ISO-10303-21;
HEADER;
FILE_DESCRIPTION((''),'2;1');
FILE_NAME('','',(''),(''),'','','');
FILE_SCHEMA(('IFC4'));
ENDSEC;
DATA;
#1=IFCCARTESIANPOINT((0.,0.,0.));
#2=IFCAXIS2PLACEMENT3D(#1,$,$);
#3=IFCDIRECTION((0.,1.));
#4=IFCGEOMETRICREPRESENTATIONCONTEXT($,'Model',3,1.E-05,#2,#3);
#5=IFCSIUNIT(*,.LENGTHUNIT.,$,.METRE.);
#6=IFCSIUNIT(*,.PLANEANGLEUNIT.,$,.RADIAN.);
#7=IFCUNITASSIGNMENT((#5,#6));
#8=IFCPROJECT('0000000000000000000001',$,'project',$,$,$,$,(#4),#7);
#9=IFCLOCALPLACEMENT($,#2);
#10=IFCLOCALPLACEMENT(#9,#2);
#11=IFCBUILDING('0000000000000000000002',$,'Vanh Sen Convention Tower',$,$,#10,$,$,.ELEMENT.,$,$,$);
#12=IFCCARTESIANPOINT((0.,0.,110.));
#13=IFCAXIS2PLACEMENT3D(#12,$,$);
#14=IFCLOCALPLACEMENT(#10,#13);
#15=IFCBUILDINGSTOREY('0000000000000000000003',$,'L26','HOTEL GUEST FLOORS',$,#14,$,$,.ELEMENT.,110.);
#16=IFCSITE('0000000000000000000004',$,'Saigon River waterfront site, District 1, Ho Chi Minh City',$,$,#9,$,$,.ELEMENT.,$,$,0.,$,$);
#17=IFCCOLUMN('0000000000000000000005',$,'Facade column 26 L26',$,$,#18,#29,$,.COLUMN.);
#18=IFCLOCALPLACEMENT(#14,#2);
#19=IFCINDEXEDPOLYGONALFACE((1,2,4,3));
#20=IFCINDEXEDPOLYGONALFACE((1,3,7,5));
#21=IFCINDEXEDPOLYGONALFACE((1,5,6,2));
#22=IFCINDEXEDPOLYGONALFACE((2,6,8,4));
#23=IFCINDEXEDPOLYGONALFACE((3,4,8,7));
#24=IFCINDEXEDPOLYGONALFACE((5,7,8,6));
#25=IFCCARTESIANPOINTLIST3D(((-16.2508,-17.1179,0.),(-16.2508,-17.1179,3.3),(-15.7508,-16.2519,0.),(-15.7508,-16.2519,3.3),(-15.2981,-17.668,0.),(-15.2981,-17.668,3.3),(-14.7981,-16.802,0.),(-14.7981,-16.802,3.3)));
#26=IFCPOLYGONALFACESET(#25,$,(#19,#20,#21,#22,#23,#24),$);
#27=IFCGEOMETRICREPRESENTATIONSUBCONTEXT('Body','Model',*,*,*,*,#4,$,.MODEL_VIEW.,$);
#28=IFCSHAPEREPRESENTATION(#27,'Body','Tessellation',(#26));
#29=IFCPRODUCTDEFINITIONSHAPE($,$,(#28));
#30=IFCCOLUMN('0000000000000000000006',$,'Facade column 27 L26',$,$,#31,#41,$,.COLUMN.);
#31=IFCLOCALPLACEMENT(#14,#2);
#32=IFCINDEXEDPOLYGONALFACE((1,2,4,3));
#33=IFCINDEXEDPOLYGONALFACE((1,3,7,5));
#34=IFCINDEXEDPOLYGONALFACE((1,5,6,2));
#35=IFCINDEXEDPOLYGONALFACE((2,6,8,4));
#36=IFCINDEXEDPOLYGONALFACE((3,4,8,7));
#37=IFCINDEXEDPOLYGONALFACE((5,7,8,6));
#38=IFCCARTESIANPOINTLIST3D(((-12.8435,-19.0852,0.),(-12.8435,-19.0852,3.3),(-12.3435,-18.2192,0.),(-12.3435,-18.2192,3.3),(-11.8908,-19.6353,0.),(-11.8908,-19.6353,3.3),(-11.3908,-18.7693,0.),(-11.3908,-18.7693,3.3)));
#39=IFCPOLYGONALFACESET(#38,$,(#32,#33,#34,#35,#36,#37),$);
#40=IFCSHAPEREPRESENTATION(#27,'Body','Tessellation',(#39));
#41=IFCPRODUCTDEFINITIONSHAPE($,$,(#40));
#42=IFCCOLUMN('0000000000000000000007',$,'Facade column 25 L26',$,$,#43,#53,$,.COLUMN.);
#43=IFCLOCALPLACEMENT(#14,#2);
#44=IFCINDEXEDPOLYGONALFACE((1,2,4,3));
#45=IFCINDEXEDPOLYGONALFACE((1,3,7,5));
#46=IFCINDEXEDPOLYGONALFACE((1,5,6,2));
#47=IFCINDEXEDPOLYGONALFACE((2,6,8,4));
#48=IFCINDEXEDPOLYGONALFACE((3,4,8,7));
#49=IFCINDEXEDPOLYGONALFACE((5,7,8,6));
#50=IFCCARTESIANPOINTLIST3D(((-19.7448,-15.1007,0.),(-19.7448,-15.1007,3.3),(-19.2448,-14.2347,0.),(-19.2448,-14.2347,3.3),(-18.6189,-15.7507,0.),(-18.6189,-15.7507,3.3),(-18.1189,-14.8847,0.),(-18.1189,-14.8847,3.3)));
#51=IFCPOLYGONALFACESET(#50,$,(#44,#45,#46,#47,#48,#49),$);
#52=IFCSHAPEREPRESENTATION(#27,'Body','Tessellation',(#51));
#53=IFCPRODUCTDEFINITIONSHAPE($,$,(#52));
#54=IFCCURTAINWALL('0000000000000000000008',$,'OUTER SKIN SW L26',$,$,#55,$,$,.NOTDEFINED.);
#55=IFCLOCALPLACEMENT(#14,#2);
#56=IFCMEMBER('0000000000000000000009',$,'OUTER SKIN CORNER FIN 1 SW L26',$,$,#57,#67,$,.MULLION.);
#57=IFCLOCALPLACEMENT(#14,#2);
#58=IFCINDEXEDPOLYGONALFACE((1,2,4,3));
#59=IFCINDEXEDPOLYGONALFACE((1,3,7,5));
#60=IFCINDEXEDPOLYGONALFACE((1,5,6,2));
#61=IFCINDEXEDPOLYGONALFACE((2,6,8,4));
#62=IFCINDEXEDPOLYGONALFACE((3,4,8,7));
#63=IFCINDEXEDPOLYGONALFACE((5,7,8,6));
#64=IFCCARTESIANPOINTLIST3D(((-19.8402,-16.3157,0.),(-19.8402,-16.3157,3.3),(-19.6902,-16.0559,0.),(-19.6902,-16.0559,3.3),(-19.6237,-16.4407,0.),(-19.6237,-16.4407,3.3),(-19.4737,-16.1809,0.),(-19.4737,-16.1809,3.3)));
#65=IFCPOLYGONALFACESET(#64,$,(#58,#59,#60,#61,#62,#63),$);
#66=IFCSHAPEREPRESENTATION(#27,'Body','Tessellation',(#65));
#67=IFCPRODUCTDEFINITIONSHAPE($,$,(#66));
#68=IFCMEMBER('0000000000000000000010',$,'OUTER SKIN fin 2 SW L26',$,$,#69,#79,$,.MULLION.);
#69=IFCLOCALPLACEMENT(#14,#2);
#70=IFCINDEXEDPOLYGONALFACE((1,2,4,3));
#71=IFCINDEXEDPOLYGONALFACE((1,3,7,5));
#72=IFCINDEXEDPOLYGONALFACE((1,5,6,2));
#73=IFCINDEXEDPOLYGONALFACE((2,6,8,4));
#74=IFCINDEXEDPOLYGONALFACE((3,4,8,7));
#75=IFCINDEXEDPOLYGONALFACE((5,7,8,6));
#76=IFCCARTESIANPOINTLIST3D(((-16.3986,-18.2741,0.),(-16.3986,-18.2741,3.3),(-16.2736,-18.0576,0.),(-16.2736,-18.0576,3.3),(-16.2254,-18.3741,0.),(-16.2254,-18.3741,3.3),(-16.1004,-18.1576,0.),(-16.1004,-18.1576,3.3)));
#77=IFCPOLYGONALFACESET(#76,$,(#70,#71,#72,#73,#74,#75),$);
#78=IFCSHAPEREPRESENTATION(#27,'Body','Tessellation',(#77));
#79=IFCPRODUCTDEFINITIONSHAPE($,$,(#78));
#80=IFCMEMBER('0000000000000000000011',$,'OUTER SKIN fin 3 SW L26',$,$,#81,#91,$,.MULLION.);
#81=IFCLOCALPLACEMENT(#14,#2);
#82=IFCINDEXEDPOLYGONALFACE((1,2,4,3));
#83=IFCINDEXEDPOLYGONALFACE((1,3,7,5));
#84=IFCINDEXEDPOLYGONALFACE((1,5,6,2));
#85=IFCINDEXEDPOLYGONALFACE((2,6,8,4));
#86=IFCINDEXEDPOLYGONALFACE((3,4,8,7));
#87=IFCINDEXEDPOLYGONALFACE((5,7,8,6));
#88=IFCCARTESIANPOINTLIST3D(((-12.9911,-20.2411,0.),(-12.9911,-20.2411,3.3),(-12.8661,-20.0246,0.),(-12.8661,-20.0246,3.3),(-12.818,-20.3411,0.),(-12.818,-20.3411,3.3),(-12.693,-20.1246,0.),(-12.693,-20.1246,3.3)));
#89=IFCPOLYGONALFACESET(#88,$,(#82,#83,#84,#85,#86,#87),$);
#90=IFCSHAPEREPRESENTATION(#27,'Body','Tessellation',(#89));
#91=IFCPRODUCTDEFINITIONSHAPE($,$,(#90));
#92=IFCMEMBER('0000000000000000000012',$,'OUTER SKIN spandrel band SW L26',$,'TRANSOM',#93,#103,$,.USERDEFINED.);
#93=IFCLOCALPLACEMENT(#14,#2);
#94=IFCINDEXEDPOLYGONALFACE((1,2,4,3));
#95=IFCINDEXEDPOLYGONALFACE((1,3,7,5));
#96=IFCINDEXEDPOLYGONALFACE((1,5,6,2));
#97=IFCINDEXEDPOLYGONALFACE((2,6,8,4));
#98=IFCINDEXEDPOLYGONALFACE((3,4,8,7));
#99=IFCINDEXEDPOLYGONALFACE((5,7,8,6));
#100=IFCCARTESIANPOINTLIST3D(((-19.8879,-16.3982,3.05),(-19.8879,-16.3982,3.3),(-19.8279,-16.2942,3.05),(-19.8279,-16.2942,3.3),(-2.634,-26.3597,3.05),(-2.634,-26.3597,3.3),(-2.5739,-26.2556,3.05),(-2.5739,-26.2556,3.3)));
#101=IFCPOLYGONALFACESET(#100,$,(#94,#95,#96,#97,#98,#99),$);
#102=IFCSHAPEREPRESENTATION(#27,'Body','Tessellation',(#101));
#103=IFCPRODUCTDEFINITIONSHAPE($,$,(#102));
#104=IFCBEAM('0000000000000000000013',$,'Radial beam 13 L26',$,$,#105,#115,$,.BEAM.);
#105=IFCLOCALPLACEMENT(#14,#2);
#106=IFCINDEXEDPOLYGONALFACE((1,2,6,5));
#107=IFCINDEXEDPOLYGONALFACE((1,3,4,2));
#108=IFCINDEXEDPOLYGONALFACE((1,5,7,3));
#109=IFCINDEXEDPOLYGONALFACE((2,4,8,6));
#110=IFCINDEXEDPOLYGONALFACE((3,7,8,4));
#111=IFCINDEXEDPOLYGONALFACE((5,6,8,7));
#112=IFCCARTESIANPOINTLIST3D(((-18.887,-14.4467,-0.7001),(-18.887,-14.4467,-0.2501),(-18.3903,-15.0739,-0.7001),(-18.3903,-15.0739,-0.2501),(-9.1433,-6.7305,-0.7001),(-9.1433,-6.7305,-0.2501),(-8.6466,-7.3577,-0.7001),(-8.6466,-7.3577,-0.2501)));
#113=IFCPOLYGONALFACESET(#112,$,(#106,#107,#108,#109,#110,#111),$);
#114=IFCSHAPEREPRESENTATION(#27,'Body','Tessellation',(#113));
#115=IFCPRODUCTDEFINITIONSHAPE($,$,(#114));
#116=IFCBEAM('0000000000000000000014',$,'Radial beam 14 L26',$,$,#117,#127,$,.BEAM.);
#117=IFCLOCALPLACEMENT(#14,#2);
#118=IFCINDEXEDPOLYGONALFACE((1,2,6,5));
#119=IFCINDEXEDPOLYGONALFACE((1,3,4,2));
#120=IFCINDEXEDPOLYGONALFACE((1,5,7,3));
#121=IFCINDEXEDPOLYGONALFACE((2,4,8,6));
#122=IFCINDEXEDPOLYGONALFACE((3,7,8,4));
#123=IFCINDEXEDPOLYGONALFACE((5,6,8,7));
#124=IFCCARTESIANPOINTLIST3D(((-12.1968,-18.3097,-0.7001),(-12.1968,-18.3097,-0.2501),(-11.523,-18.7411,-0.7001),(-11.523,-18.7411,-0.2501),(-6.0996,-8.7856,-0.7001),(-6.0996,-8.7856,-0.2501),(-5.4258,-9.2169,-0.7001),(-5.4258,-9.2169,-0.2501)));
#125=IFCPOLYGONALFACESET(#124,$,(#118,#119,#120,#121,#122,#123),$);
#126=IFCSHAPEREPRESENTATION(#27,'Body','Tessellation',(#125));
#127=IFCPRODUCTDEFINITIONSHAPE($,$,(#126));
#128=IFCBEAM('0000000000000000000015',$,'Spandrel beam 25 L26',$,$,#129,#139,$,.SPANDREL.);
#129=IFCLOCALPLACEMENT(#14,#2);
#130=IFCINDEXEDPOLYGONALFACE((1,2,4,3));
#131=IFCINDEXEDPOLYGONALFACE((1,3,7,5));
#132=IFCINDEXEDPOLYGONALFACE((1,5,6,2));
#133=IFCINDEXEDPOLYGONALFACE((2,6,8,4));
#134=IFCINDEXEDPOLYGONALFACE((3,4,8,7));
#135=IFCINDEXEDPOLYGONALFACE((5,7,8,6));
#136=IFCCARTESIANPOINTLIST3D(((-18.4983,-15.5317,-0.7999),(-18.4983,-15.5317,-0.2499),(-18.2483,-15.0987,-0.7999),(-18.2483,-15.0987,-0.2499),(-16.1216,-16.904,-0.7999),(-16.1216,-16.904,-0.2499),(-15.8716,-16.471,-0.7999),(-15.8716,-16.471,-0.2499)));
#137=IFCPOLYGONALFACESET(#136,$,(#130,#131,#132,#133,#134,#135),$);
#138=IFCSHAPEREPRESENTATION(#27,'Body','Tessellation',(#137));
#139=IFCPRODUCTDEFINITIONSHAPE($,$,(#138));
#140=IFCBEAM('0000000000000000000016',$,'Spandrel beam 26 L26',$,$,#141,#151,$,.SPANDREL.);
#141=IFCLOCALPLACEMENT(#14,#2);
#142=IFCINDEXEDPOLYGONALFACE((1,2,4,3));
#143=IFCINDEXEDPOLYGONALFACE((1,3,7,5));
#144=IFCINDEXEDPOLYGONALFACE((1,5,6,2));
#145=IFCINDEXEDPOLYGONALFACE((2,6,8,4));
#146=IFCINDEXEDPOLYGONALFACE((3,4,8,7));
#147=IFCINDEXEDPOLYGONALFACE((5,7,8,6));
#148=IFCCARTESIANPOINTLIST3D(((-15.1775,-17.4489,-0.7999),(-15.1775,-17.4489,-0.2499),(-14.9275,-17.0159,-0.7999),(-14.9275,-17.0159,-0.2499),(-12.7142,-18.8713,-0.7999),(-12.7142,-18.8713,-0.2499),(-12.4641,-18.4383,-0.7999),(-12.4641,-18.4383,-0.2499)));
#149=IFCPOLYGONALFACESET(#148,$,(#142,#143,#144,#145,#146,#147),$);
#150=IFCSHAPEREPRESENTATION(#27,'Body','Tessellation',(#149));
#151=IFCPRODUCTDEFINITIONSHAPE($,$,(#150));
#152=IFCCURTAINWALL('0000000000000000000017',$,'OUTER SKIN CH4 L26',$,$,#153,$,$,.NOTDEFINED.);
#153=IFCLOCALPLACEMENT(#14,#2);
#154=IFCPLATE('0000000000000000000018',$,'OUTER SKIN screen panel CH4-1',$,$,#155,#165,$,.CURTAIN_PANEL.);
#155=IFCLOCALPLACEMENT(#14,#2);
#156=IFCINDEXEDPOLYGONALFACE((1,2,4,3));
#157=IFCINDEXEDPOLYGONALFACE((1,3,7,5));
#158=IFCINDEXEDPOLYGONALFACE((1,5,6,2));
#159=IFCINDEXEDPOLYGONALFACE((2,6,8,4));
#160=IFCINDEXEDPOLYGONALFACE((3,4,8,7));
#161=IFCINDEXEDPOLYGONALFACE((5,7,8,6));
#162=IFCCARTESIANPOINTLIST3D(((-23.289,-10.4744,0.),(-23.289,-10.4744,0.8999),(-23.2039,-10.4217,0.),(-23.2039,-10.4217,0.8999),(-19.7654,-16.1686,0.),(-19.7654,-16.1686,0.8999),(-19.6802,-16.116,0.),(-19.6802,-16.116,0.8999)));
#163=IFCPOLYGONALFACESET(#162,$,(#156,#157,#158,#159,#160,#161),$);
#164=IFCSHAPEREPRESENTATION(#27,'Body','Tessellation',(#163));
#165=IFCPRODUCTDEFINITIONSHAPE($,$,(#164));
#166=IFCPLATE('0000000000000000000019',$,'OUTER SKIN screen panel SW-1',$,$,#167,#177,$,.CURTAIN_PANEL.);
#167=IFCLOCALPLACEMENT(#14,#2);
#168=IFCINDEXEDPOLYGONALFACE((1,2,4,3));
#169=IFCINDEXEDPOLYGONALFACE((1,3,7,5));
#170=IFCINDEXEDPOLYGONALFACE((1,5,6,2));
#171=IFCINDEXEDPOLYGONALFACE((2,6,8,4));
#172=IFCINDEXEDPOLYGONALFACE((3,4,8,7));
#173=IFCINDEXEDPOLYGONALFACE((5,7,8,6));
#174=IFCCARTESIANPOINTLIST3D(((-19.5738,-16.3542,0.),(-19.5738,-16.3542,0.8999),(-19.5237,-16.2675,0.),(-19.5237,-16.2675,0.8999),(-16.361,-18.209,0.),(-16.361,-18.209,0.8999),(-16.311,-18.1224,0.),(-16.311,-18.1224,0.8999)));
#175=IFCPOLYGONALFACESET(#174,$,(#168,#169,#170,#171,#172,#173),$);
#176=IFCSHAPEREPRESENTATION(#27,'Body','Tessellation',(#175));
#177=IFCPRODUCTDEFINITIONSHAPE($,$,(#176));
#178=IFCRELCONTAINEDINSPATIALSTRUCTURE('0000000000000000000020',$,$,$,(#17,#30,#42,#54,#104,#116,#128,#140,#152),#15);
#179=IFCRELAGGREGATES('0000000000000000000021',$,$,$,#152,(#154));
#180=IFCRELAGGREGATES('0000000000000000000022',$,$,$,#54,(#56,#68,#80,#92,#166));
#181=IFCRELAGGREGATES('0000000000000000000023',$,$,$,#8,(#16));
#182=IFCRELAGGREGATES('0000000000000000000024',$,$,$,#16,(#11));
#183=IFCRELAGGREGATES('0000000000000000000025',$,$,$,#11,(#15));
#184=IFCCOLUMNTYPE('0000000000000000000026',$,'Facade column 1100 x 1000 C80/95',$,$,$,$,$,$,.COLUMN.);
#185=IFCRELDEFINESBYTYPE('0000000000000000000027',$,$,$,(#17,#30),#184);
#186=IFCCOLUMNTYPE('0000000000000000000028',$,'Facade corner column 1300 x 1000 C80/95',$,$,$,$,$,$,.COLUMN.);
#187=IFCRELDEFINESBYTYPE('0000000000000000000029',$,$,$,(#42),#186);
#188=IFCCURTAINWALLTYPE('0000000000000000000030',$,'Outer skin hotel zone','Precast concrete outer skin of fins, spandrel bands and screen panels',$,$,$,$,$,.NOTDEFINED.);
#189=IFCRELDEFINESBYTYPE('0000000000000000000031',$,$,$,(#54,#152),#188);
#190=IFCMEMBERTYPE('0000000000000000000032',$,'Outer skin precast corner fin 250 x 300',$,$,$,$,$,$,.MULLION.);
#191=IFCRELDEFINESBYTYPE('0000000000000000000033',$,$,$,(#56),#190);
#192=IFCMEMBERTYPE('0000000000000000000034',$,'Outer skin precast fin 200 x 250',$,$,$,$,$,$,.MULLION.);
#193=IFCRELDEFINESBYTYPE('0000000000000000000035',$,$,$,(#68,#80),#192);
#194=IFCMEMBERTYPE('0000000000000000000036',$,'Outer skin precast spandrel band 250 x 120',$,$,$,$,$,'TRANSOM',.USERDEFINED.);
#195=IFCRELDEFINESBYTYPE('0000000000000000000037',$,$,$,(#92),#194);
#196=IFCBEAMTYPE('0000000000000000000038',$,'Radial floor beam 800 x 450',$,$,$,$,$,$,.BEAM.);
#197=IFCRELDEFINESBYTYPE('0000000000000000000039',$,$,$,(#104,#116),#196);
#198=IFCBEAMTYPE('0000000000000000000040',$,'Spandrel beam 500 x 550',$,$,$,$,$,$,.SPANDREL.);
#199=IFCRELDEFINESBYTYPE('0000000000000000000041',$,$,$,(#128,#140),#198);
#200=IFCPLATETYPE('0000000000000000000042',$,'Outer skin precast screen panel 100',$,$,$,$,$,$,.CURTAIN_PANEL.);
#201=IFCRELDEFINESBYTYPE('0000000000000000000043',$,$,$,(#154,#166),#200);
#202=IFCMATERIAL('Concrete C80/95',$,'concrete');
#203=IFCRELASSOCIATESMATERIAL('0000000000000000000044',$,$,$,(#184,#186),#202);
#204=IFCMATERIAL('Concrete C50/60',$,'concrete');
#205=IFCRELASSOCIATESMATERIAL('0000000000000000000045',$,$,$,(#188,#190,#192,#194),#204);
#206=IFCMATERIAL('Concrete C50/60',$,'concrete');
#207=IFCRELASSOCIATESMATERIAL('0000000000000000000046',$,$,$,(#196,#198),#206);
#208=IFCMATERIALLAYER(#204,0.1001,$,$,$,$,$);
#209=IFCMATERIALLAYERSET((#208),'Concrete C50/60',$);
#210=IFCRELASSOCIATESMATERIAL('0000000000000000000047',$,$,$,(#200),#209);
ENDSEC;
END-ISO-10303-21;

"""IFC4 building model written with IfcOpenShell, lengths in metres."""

from ifc_helpers import new_model, si_unit, direction, frame, origin, origin_2d, place, context, subcontext, project, spatial, rectangle, extrude, material, layer, layer_set, material_profile, profile_set, type_object, element, aggregate, save


model = new_model("IFC4")

# Units and contexts
model_context = context("Model", 3, precision=1e-05, world=origin(), true_north=direction((0.0, 1.0)))
body_context = subcontext(model_context, "Body", "Model", "MODEL_VIEW")
ifc_project = project(units=[si_unit("LENGTHUNIT", "METRE"), si_unit("PLANEANGLEUNIT", "RADIAN")], contexts=[model_context])

# Site, building, storey
site_placement = place(None, origin())
site = spatial("IfcSite", under=ifc_project, at=site_placement, Name="Saigon River waterfront site, District 1, Ho Chi Minh City", CompositionType="ELEMENT", RefElevation=0.0)
building_placement = place(site_placement, origin())
building = spatial("IfcBuilding", under=site, at=building_placement, Name="Vanh Sen Convention Tower", CompositionType="ELEMENT")
storey_placement = place(building_placement, frame((0.0, 0.0, 110.0)))
storey = spatial("IfcBuildingStorey", under=building, at=storey_placement, Name="L26", Description="HOTEL GUEST FLOORS", CompositionType="ELEMENT", Elevation=110.0)

# Columns
ifc_material_1 = material(Name="Concrete C80/95", Category="concrete")
ifc_material_profile_1 = material_profile(ifc_material_1, rectangle(XDim=1.1001, YDim=1.0, at=origin_2d()), Name="RC 1100X1000")
ifc_profile_set_1 = profile_set([ifc_material_profile_1], Name="Concrete C80/95")
column_type_1 = type_object("IfcColumnType", Name="Facade column 1100 x 1000 C80/95", PredefinedType="COLUMN", material=ifc_profile_set_1)
for number, where, z_axis, x_axis, name in (
    (1, (-15.5244, -16.96, 0.0), (0.0, 0.0, 1.0), (0.866025, -0.5, 0.0), "Facade column 26 L26"),
    (2, (-12.1172, -18.9272, 0.0), (0.0, 0.0, 1.0), (0.866025, -0.5, 0.0), "Facade column 27 L26"),
):
    element("IfcColumn", number, at=place(storey_placement, frame(where, z_axis=z_axis, x_axis=x_axis)), inside=storey, type_object=column_type_1, Name=name, PredefinedType="COLUMN", context=body_context, shape_type="SweptSolid", body=[
        extrude(rectangle(XDim=1.1001, YDim=1.0, at=origin_2d()), origin(), (0.0, 0.0, 1.0), 3.3),
    ])
ifc_material_profile_2 = material_profile(ifc_material_1, rectangle(XDim=1.3, YDim=1.0, at=origin_2d()), Name="RC 1300X1000")
ifc_profile_set_2 = profile_set([ifc_material_profile_2], Name="Concrete C80/95")
column_type_2 = type_object("IfcColumnType", Name="Facade corner column 1300 x 1000 C80/95", PredefinedType="COLUMN", material=ifc_profile_set_2)
column_placement = place(storey_placement, frame((-18.9319, -14.9927, 0.0), z_axis=(0.0, 0.0, 1.0), x_axis=(0.866025, -0.5, 0.0)))
element("IfcColumn", 3, at=column_placement, inside=storey, type_object=column_type_2, Name="Facade column 25 L26", PredefinedType="COLUMN", context=body_context, shape_type="SweptSolid", body=[
    extrude(rectangle(XDim=1.3, YDim=1.0, at=origin_2d()), origin(), (0.0, 0.0, 1.0), 3.3),
])

# Curtain wall, members
ifc_material_2 = material(Name="Concrete C50/60", Category="concrete")
curtain_wall_type = type_object("IfcCurtainWallType", Name="Outer skin hotel zone", Description="Precast concrete outer skin of fins, spandrel bands and screen panels", PredefinedType="NOTDEFINED", material=ifc_material_2)
curtain_wall_1_placement = place(storey_placement, origin())
curtain_wall_1 = element("IfcCurtainWall", 4, at=curtain_wall_1_placement, inside=storey, type_object=curtain_wall_type, Name="OUTER SKIN SW L26", PredefinedType="NOTDEFINED")
ifc_material_profile_3 = material_profile(ifc_material_2, rectangle(XDim=0.25, YDim=0.3, at=origin_2d()), Name="Outer skin precast corner fin 250 x 300")
ifc_profile_set_3 = profile_set([ifc_material_profile_3], Name="Concrete C50/60")
member_type_1 = type_object("IfcMemberType", Name="Outer skin precast corner fin 250 x 300", PredefinedType="MULLION", material=ifc_profile_set_3)
member_1_placement = place(storey_placement, frame((-19.657, -16.2483, 0.0), z_axis=(0.0, 0.0, 1.0), x_axis=(0.866025, -0.5, 0.0)))
member_1 = element("IfcMember", 5, at=member_1_placement, type_object=member_type_1, Name="OUTER SKIN CORNER FIN 1 SW L26", PredefinedType="MULLION", context=body_context, shape_type="SweptSolid", body=[
    extrude(rectangle(XDim=0.25, YDim=0.3, at=origin_2d()), origin(), (0.0, 0.0, 1.0), 3.3),
])
ifc_material_profile_4 = material_profile(ifc_material_2, rectangle(XDim=0.2, YDim=0.25, at=origin_2d()), Name="Outer skin precast fin 200 x 250")
ifc_profile_set_4 = profile_set([ifc_material_profile_4], Name="Concrete C50/60")
member_type_2 = type_object("IfcMemberType", Name="Outer skin precast fin 200 x 250", PredefinedType="MULLION", material=ifc_profile_set_4)
member_2_placement = place(storey_placement, frame((-16.2495, -18.2158, 0.0), z_axis=(0.0, 0.0, 1.0), x_axis=(0.866025, -0.5, 0.0)))
member_2 = element("IfcMember", 6, at=member_2_placement, type_object=member_type_2, Name="OUTER SKIN fin 2 SW L26", PredefinedType="MULLION", context=body_context, shape_type="SweptSolid", body=[
    extrude(rectangle(XDim=0.2, YDim=0.25, at=origin_2d()), origin(), (0.0, 0.0, 1.0), 3.3),
])
member_3_placement = place(storey_placement, frame((-12.842, -20.1829, 0.0), z_axis=(0.0, 0.0, 1.0), x_axis=(0.866025, -0.5, 0.0)))
member_3 = element("IfcMember", 7, at=member_3_placement, type_object=member_type_2, Name="OUTER SKIN fin 3 SW L26", PredefinedType="MULLION", context=body_context, shape_type="SweptSolid", body=[
    extrude(rectangle(XDim=0.2, YDim=0.25, at=origin_2d()), origin(), (0.0, 0.0, 1.0), 3.3),
])
ifc_material_profile_5 = material_profile(ifc_material_2, rectangle(XDim=0.1201, YDim=0.25, at=origin_2d()), Name="Outer skin precast spandrel band 250 x 120")
ifc_profile_set_5 = profile_set([ifc_material_profile_5], Name="Concrete C50/60")
member_type_3 = type_object("IfcMemberType", Name="Outer skin precast spandrel band 250 x 120", ElementType="TRANSOM", PredefinedType="USERDEFINED", material=ifc_profile_set_5)
member_4_placement = place(storey_placement, frame((-19.8579, -16.3462, 3.175), z_axis=(0.866028, -0.499995, 0.0), x_axis=(0.499995, 0.866028, 0.0)))
member_4 = element("IfcMember", 8, at=member_4_placement, type_object=member_type_3, Name="OUTER SKIN spandrel band SW L26", ObjectType="TRANSOM", PredefinedType="USERDEFINED", context=body_context, shape_type="SweptSolid", body=[
    extrude(rectangle(XDim=0.1201, YDim=0.25, at=origin_2d()), origin(), (0.0, 0.0, 1.0), 19.9231),
])

# Beams
ifc_material_3 = material(Name="Concrete C50/60", Category="concrete")
ifc_material_profile_6 = material_profile(ifc_material_3, rectangle(XDim=0.8, YDim=0.45, at=origin_2d()), Name="RC 800X450")
ifc_profile_set_6 = profile_set([ifc_material_profile_6], Name="Concrete C50/60")
beam_type_1 = type_object("IfcBeamType", Name="Radial floor beam 800 x 450", PredefinedType="BEAM", material=ifc_profile_set_6)
beam_1_placement = place(storey_placement, frame((-18.6387, -14.7603, -0.4751), z_axis=(0.783954, 0.620819, 0.0), x_axis=(-0.620819, 0.783954, 0.0)))
element("IfcBeam", 9, at=beam_1_placement, inside=storey, type_object=beam_type_1, Name="Radial beam 13 L26", PredefinedType="BEAM", context=body_context, shape_type="SweptSolid", body=[
    extrude(rectangle(XDim=0.8, YDim=0.45, at=origin_2d()), origin(), (0.0, 0.0, 1.0), 12.429),
])
beam_2_placement = place(storey_placement, frame((-11.8599, -18.5254, -0.4751), z_axis=(0.53916, 0.842203, 0.0), x_axis=(-0.842203, 0.53916, 0.0)))
element("IfcBeam", 10, at=beam_2_placement, inside=storey, type_object=beam_type_1, Name="Radial beam 14 L26", PredefinedType="BEAM", context=body_context, shape_type="SweptSolid", body=[
    extrude(rectangle(XDim=0.8, YDim=0.45, at=origin_2d()), origin(), (0.0, 0.0, 1.0), 11.3086),
])
ifc_material_profile_7 = material_profile(ifc_material_3, rectangle(XDim=0.5, YDim=0.55, at=origin_2d()), Name="RC 500X550")
ifc_profile_set_7 = profile_set([ifc_material_profile_7], Name="Concrete C50/60")
beam_type_2 = type_object("IfcBeamType", Name="Spandrel beam 500 x 550", PredefinedType="SPANDREL", material=ifc_profile_set_7)
beam_3_placement = place(storey_placement, frame((-18.3733, -15.3152, -0.5249), z_axis=(0.866006, -0.500033, 0.0), x_axis=(0.500033, 0.866006, 0.0)))
element("IfcBeam", 11, at=beam_3_placement, inside=storey, type_object=beam_type_2, Name="Spandrel beam 25 L26", PredefinedType="SPANDREL", context=body_context, shape_type="SweptSolid", body=[
    extrude(rectangle(XDim=0.5, YDim=0.55, at=origin_2d()), origin(), (0.0, 0.0, 1.0), 2.7444),
])
beam_4_placement = place(storey_placement, frame((-15.0525, -17.2324, -0.5249), z_axis=(0.866005, -0.500034, 0.0), x_axis=(0.500034, 0.866005, 0.0)))
element("IfcBeam", 12, at=beam_4_placement, inside=storey, type_object=beam_type_2, Name="Spandrel beam 26 L26", PredefinedType="SPANDREL", context=body_context, shape_type="SweptSolid", body=[
    extrude(rectangle(XDim=0.5, YDim=0.55, at=origin_2d()), origin(), (0.0, 0.0, 1.0), 2.8445),
])

# Curtain wall, plate
curtain_wall_2_placement = place(storey_placement, origin())
curtain_wall_2 = element("IfcCurtainWall", 13, at=curtain_wall_2_placement, inside=storey, type_object=curtain_wall_type, Name="OUTER SKIN CH4 L26", PredefinedType="NOTDEFINED")
ifc_layer_1 = layer(ifc_material_2, 0.1001)
ifc_layer_set_1 = layer_set([ifc_layer_1], Name="Concrete C50/60")
plate_type = type_object("IfcPlateType", Name="Outer skin precast screen panel 100", PredefinedType="CURTAIN_PANEL", material=ifc_layer_set_1)
plate_1_placement = place(storey_placement, frame((-21.4846, -13.2952, 0.0), z_axis=(0.0, 0.0, 1.0), x_axis=(0.526205, -0.850358, 0.0)))
plate_1 = element("IfcPlate", 14, at=plate_1_placement, type_object=plate_type, Name="OUTER SKIN screen panel CH4-1", PredefinedType="CURTAIN_PANEL", context=body_context, shape_type="SweptSolid", body=[
    extrude(rectangle(XDim=6.6963, YDim=0.1001, at=origin_2d()), origin(), (0.0, 0.0, 1.0), 0.8999),
])
aggregate(curtain_wall_2, [plate_1])

# Plate
plate_2_placement = place(storey_placement, frame((-17.9424, -17.2383, 0.0), z_axis=(0.0, 0.0, 1.0), x_axis=(0.866028, -0.499995, 0.0)))
plate_2 = element("IfcPlate", 15, at=plate_2_placement, type_object=plate_type, Name="OUTER SKIN screen panel SW-1", PredefinedType="CURTAIN_PANEL", context=body_context, shape_type="SweptSolid", body=[
    extrude(rectangle(XDim=3.7097, YDim=0.1001, at=origin_2d()), origin(), (0.0, 0.0, 1.0), 0.8999),
])
aggregate(curtain_wall_1, [member_1, member_2, member_3, member_4, plate_2])

save(model, "model.ifc")
